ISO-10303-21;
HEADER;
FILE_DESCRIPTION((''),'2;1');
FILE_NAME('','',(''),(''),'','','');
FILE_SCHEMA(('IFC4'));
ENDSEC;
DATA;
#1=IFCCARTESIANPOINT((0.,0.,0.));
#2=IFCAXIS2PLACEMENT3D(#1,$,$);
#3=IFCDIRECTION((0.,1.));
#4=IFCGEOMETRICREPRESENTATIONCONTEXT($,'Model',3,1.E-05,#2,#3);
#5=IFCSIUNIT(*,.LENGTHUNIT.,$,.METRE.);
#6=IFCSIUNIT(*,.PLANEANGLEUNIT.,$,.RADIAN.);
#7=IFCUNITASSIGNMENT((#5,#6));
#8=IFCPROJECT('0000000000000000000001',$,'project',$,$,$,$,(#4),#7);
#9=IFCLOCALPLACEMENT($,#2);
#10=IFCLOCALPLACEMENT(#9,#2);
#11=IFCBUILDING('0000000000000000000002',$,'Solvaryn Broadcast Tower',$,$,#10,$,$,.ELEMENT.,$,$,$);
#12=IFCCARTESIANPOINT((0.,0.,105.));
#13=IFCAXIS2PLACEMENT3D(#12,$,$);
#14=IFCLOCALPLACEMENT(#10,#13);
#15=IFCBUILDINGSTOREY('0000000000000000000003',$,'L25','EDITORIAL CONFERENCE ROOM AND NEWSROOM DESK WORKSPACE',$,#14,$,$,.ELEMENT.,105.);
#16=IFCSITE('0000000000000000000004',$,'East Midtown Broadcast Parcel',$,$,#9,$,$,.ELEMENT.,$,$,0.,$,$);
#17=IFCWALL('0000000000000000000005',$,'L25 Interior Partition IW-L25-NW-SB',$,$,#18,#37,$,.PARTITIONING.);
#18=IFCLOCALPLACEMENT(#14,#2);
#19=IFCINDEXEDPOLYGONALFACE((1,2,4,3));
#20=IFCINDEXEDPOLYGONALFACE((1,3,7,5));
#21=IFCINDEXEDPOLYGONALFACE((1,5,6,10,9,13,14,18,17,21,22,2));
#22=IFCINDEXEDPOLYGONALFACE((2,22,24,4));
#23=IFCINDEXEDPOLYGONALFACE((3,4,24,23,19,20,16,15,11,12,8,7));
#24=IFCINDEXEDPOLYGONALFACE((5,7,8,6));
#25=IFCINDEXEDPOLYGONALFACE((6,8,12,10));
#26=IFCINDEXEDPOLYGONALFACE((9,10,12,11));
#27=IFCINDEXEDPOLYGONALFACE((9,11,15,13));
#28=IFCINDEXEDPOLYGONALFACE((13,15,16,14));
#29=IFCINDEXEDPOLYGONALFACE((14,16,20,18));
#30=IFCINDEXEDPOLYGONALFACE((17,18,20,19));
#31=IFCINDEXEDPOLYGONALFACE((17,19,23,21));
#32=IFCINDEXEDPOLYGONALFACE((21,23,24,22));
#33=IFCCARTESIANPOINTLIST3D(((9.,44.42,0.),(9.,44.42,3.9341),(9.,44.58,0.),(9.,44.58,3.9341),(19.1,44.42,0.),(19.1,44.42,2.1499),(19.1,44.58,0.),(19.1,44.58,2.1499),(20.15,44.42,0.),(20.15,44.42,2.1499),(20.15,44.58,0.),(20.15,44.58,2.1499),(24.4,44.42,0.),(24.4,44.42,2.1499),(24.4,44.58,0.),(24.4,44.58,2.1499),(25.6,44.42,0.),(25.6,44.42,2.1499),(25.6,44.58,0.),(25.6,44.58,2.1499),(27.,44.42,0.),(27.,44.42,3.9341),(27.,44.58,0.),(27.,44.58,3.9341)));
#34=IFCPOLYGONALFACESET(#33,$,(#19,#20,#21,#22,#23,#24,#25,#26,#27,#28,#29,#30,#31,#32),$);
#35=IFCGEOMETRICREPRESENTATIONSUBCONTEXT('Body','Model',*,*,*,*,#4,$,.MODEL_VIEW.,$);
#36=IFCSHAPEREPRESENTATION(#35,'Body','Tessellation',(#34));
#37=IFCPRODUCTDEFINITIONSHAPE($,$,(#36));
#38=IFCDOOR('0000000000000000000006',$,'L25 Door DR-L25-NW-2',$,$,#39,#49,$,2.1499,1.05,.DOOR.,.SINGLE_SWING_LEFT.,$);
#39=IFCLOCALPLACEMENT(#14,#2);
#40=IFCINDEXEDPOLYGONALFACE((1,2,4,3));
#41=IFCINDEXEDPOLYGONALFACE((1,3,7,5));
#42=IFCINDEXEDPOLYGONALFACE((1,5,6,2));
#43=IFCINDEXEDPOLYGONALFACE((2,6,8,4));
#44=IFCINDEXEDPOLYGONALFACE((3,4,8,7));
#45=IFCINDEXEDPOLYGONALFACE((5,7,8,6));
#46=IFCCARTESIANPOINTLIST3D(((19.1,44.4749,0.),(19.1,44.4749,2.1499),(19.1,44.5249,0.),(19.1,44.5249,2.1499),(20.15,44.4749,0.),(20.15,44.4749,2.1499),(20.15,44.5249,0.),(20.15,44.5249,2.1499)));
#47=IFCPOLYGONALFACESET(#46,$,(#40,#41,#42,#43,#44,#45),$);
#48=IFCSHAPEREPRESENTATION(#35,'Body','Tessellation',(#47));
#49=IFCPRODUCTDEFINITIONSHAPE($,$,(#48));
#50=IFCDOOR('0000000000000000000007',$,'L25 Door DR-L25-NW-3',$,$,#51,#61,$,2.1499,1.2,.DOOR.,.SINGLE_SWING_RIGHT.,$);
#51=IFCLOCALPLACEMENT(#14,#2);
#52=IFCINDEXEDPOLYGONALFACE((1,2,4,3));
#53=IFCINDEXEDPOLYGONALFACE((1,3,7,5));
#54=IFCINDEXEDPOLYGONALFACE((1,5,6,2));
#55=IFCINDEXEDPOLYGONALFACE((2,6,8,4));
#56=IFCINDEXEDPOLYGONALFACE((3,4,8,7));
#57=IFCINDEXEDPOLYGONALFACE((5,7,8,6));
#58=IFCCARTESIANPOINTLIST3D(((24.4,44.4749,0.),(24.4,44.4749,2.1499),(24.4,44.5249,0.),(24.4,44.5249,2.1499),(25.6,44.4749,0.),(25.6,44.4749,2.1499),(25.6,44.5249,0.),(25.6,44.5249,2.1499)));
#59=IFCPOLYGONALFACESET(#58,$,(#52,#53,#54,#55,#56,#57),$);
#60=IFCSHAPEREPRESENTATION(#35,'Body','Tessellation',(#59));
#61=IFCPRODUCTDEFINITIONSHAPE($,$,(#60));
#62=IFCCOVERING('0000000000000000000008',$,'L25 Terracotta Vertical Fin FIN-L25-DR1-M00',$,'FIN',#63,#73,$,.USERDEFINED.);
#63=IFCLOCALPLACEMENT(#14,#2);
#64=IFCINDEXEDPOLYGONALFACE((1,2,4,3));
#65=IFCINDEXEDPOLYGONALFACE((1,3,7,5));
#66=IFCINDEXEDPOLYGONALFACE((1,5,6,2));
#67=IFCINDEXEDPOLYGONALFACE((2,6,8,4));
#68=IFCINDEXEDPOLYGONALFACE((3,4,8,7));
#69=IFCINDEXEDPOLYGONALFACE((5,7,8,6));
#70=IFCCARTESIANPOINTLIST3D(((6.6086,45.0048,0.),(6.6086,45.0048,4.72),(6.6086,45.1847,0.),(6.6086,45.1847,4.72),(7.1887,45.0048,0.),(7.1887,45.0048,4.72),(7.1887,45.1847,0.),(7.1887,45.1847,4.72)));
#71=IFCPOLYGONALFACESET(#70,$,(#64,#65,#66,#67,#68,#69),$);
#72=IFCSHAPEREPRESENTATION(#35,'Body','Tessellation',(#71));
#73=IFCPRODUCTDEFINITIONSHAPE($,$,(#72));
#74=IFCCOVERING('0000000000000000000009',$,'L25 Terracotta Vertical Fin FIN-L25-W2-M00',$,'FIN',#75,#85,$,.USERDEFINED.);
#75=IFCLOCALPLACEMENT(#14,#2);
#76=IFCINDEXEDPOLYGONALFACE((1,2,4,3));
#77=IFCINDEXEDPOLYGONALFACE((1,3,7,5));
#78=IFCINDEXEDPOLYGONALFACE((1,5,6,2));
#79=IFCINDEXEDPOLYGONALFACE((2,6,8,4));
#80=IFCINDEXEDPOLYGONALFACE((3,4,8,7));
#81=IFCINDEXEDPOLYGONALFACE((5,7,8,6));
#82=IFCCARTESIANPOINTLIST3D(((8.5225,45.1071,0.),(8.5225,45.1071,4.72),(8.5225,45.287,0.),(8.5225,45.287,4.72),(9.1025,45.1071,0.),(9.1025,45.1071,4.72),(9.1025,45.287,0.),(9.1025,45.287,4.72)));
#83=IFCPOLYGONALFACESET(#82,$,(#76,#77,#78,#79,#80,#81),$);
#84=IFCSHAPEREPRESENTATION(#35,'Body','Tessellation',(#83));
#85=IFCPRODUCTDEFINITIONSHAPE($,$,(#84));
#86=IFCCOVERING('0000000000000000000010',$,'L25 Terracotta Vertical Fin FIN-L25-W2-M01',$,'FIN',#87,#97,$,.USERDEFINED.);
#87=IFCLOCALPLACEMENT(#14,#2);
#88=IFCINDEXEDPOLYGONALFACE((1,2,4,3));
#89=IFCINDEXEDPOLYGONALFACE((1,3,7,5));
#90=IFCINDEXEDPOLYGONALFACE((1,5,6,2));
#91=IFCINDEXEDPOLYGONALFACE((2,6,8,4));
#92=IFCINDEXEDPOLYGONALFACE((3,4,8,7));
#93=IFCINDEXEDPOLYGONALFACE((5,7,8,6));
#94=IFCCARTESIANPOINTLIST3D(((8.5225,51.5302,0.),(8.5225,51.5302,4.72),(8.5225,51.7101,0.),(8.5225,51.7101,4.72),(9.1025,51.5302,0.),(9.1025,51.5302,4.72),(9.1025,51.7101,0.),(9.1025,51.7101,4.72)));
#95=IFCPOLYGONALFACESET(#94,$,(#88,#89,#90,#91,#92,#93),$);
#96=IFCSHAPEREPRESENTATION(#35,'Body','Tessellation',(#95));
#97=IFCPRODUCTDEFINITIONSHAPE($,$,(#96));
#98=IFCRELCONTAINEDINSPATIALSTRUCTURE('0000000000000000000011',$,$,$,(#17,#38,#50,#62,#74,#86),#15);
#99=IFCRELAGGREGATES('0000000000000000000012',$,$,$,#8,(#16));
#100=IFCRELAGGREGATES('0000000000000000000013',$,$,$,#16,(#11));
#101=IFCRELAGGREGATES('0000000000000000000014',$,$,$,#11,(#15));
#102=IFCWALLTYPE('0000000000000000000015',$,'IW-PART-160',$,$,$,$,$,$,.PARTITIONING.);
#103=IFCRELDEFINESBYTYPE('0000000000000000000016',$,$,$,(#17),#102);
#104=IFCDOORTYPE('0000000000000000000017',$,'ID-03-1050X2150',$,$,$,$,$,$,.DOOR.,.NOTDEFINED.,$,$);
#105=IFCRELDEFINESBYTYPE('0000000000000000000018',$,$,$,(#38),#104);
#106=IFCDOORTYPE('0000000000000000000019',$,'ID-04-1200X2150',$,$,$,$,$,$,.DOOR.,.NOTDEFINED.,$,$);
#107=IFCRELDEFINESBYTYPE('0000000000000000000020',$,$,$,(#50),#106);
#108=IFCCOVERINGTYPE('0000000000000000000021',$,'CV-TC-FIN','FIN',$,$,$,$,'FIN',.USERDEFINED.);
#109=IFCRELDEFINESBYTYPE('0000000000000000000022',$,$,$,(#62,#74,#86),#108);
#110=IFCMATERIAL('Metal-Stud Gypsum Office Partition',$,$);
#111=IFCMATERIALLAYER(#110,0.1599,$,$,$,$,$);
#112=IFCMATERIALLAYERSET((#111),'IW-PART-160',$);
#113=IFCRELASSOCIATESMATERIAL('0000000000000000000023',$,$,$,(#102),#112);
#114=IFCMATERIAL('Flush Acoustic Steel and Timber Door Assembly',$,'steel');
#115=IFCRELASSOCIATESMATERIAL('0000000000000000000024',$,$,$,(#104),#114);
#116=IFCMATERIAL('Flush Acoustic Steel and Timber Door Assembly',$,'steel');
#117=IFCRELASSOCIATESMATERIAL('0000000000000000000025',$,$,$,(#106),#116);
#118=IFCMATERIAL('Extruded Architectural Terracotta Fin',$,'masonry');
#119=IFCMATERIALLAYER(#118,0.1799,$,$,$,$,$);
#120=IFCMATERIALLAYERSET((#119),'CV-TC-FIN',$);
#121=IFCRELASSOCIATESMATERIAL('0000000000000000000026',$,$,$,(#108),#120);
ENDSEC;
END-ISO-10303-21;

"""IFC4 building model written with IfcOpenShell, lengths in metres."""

from ifc_helpers import new_model, si_unit, direction, frame, frame_2d, origin, origin_2d, place, context, subcontext, project, spatial, rectangle, extrude, material, layer, layer_set, type_object, element, fill, save


model = new_model("IFC4")

# Units and contexts
model_context = context("Model", 3, precision=1e-05, world=origin(), true_north=direction((0.0, 1.0)))
body_context = subcontext(model_context, "Body", "Model", "MODEL_VIEW")
ifc_project = project(units=[si_unit("LENGTHUNIT", "METRE"), si_unit("PLANEANGLEUNIT", "RADIAN")], contexts=[model_context])

# Site, building, storey
site_placement = place(None, origin())
site = spatial("IfcSite", under=ifc_project, at=site_placement, Name="East Midtown Broadcast Parcel", CompositionType="ELEMENT", RefElevation=0.0)
building_placement = place(site_placement, origin())
building = spatial("IfcBuilding", under=site, at=building_placement, Name="Solvaryn Broadcast Tower", CompositionType="ELEMENT")
storey_placement = place(building_placement, frame((0.0, 0.0, 105.0)))
storey = spatial("IfcBuildingStorey", under=building, at=storey_placement, Name="L25", Description="EDITORIAL CONFERENCE ROOM AND NEWSROOM DESK WORKSPACE", CompositionType="ELEMENT", Elevation=105.0)

# Shared definitions
ifc_material_1 = material(Name="Metal-Stud Gypsum Office Partition")
ifc_layer_1 = layer(ifc_material_1, 0.1599)
ifc_layer_set_1 = layer_set([ifc_layer_1], Name="IW-PART-160")
wall_type_1 = type_object("IfcWallType", Name="IW-PART-160", PredefinedType="PARTITIONING", material=ifc_layer_set_1)

# Wall, openings, doors
wall_1_placement = place(storey_placement, frame((9.0, 44.5, 0.0), z_axis=(0.0, 0.0, 1.0), x_axis=(1.0, 0.0, 0.0)))
wall_1 = element("IfcWall", 1, at=wall_1_placement, inside=storey, type_object=wall_type_1, Name="L25 Interior Partition IW-L25-NW-SB", PredefinedType="PARTITIONING", context=body_context, shape_type="SweptSolid", body=[
    extrude(rectangle(XDim=18.0, YDim=0.1599, at=frame_2d((9.0, 0.0))), origin(), (0.0, 0.0, 1.0), 3.9341),
])
opening_1_placement = place(wall_1_placement, frame((10.1001, 0.0, 0.0)))
opening_1 = element("IfcOpeningElement", 2, at=opening_1_placement, cuts=wall_1, PredefinedType="OPENING", context=body_context, shape_type="SweptSolid", body=[
    extrude(rectangle(XDim=1.05, YDim=2.1499, at=frame_2d((0.5249, 1.075))), frame((0.0, 0.0901, 0.0), z_axis=(0.0, -1.0, 0.0), x_axis=(1.0, 0.0, 0.0)), (0.0, 0.0, 1.0), 0.1799),
])
opening_2_placement = place(wall_1_placement, frame((15.3999, 0.0, 0.0)))
opening_2 = element("IfcOpeningElement", 3, at=opening_2_placement, cuts=wall_1, PredefinedType="OPENING", context=body_context, shape_type="SweptSolid", body=[
    extrude(rectangle(XDim=1.2, YDim=2.1499, at=frame_2d((0.6001, 1.075))), frame((0.0, 0.0901, 0.0), z_axis=(0.0, -1.0, 0.0), x_axis=(1.0, 0.0, 0.0)), (0.0, 0.0, 1.0), 0.1799),
])
ifc_material_2 = material(Name="Flush Acoustic Steel and Timber Door Assembly", Category="steel")
door_type_1 = type_object("IfcDoorType", Name="ID-03-1050X2150", OperationType="NOTDEFINED", PredefinedType="DOOR", material=ifc_material_2)
door_1_placement = place(opening_1_placement, origin())
door_1 = element("IfcDoor", 4, at=door_1_placement, inside=storey, type_object=door_type_1, Name="L25 Door DR-L25-NW-2", OperationType="SINGLE_SWING_LEFT", OverallHeight=2.1499, OverallWidth=1.05, PredefinedType="DOOR", context=body_context, shape_type="SweptSolid", body=[
    extrude(rectangle(XDim=1.05, YDim=2.1499, at=frame_2d((0.5249, 1.075))), frame((0.0, 0.0249, 0.0), z_axis=(0.0, -1.0, 0.0), x_axis=(1.0, 0.0, 0.0)), (0.0, 0.0, 1.0), 0.05),
])
fill(opening_1, door_1)
ifc_material_3 = material(Name="Flush Acoustic Steel and Timber Door Assembly", Category="steel")
door_type_2 = type_object("IfcDoorType", Name="ID-04-1200X2150", OperationType="NOTDEFINED", PredefinedType="DOOR", material=ifc_material_3)
door_2_placement = place(opening_2_placement, origin())
door_2 = element("IfcDoor", 5, at=door_2_placement, inside=storey, type_object=door_type_2, Name="L25 Door DR-L25-NW-3", OperationType="SINGLE_SWING_RIGHT", OverallHeight=2.1499, OverallWidth=1.2, PredefinedType="DOOR", context=body_context, shape_type="SweptSolid", body=[
    extrude(rectangle(XDim=1.2, YDim=2.1499, at=frame_2d((0.6001, 1.075))), frame((0.0, 0.0249, 0.0), z_axis=(0.0, -1.0, 0.0), x_axis=(1.0, 0.0, 0.0)), (0.0, 0.0, 1.0), 0.05),
])
fill(opening_2, door_2)

# Coverings
ifc_material_4 = material(Name="Extruded Architectural Terracotta Fin", Category="masonry")
ifc_layer_2 = layer(ifc_material_4, 0.1799)
ifc_layer_set_2 = layer_set([ifc_layer_2], Name="CV-TC-FIN")
covering_type = type_object("IfcCoveringType", Name="CV-TC-FIN", Description="FIN", ElementType="FIN", PredefinedType="USERDEFINED", material=ifc_layer_set_2)
for number, where, z_axis, x_axis, name in (
    (6, (6.8987, 45.0947, 0.0), (0.0, 0.0, 1.0), (1.0, 0.0, 0.0), "L25 Terracotta Vertical Fin FIN-L25-DR1-M00"),
    (7, (8.8125, 45.197, 0.0), (0.0, 0.0, 1.0), (1.0, 0.0, 0.0), "L25 Terracotta Vertical Fin FIN-L25-W2-M00"),
    (8, (8.8125, 51.6201, 0.0), (0.0, 0.0, 1.0), (1.0, 0.0, 0.0), "L25 Terracotta Vertical Fin FIN-L25-W2-M01"),
):
    element("IfcCovering", number, at=place(storey_placement, frame(where, z_axis=z_axis, x_axis=x_axis)), inside=storey, type_object=covering_type, Name=name, ObjectType="FIN", PredefinedType="USERDEFINED", context=body_context, shape_type="SweptSolid", body=[
        extrude(rectangle(XDim=0.5801, YDim=0.1799, at=origin_2d()), origin(), (0.0, 0.0, 1.0), 4.72),
    ])

save(model, "model.ifc")
